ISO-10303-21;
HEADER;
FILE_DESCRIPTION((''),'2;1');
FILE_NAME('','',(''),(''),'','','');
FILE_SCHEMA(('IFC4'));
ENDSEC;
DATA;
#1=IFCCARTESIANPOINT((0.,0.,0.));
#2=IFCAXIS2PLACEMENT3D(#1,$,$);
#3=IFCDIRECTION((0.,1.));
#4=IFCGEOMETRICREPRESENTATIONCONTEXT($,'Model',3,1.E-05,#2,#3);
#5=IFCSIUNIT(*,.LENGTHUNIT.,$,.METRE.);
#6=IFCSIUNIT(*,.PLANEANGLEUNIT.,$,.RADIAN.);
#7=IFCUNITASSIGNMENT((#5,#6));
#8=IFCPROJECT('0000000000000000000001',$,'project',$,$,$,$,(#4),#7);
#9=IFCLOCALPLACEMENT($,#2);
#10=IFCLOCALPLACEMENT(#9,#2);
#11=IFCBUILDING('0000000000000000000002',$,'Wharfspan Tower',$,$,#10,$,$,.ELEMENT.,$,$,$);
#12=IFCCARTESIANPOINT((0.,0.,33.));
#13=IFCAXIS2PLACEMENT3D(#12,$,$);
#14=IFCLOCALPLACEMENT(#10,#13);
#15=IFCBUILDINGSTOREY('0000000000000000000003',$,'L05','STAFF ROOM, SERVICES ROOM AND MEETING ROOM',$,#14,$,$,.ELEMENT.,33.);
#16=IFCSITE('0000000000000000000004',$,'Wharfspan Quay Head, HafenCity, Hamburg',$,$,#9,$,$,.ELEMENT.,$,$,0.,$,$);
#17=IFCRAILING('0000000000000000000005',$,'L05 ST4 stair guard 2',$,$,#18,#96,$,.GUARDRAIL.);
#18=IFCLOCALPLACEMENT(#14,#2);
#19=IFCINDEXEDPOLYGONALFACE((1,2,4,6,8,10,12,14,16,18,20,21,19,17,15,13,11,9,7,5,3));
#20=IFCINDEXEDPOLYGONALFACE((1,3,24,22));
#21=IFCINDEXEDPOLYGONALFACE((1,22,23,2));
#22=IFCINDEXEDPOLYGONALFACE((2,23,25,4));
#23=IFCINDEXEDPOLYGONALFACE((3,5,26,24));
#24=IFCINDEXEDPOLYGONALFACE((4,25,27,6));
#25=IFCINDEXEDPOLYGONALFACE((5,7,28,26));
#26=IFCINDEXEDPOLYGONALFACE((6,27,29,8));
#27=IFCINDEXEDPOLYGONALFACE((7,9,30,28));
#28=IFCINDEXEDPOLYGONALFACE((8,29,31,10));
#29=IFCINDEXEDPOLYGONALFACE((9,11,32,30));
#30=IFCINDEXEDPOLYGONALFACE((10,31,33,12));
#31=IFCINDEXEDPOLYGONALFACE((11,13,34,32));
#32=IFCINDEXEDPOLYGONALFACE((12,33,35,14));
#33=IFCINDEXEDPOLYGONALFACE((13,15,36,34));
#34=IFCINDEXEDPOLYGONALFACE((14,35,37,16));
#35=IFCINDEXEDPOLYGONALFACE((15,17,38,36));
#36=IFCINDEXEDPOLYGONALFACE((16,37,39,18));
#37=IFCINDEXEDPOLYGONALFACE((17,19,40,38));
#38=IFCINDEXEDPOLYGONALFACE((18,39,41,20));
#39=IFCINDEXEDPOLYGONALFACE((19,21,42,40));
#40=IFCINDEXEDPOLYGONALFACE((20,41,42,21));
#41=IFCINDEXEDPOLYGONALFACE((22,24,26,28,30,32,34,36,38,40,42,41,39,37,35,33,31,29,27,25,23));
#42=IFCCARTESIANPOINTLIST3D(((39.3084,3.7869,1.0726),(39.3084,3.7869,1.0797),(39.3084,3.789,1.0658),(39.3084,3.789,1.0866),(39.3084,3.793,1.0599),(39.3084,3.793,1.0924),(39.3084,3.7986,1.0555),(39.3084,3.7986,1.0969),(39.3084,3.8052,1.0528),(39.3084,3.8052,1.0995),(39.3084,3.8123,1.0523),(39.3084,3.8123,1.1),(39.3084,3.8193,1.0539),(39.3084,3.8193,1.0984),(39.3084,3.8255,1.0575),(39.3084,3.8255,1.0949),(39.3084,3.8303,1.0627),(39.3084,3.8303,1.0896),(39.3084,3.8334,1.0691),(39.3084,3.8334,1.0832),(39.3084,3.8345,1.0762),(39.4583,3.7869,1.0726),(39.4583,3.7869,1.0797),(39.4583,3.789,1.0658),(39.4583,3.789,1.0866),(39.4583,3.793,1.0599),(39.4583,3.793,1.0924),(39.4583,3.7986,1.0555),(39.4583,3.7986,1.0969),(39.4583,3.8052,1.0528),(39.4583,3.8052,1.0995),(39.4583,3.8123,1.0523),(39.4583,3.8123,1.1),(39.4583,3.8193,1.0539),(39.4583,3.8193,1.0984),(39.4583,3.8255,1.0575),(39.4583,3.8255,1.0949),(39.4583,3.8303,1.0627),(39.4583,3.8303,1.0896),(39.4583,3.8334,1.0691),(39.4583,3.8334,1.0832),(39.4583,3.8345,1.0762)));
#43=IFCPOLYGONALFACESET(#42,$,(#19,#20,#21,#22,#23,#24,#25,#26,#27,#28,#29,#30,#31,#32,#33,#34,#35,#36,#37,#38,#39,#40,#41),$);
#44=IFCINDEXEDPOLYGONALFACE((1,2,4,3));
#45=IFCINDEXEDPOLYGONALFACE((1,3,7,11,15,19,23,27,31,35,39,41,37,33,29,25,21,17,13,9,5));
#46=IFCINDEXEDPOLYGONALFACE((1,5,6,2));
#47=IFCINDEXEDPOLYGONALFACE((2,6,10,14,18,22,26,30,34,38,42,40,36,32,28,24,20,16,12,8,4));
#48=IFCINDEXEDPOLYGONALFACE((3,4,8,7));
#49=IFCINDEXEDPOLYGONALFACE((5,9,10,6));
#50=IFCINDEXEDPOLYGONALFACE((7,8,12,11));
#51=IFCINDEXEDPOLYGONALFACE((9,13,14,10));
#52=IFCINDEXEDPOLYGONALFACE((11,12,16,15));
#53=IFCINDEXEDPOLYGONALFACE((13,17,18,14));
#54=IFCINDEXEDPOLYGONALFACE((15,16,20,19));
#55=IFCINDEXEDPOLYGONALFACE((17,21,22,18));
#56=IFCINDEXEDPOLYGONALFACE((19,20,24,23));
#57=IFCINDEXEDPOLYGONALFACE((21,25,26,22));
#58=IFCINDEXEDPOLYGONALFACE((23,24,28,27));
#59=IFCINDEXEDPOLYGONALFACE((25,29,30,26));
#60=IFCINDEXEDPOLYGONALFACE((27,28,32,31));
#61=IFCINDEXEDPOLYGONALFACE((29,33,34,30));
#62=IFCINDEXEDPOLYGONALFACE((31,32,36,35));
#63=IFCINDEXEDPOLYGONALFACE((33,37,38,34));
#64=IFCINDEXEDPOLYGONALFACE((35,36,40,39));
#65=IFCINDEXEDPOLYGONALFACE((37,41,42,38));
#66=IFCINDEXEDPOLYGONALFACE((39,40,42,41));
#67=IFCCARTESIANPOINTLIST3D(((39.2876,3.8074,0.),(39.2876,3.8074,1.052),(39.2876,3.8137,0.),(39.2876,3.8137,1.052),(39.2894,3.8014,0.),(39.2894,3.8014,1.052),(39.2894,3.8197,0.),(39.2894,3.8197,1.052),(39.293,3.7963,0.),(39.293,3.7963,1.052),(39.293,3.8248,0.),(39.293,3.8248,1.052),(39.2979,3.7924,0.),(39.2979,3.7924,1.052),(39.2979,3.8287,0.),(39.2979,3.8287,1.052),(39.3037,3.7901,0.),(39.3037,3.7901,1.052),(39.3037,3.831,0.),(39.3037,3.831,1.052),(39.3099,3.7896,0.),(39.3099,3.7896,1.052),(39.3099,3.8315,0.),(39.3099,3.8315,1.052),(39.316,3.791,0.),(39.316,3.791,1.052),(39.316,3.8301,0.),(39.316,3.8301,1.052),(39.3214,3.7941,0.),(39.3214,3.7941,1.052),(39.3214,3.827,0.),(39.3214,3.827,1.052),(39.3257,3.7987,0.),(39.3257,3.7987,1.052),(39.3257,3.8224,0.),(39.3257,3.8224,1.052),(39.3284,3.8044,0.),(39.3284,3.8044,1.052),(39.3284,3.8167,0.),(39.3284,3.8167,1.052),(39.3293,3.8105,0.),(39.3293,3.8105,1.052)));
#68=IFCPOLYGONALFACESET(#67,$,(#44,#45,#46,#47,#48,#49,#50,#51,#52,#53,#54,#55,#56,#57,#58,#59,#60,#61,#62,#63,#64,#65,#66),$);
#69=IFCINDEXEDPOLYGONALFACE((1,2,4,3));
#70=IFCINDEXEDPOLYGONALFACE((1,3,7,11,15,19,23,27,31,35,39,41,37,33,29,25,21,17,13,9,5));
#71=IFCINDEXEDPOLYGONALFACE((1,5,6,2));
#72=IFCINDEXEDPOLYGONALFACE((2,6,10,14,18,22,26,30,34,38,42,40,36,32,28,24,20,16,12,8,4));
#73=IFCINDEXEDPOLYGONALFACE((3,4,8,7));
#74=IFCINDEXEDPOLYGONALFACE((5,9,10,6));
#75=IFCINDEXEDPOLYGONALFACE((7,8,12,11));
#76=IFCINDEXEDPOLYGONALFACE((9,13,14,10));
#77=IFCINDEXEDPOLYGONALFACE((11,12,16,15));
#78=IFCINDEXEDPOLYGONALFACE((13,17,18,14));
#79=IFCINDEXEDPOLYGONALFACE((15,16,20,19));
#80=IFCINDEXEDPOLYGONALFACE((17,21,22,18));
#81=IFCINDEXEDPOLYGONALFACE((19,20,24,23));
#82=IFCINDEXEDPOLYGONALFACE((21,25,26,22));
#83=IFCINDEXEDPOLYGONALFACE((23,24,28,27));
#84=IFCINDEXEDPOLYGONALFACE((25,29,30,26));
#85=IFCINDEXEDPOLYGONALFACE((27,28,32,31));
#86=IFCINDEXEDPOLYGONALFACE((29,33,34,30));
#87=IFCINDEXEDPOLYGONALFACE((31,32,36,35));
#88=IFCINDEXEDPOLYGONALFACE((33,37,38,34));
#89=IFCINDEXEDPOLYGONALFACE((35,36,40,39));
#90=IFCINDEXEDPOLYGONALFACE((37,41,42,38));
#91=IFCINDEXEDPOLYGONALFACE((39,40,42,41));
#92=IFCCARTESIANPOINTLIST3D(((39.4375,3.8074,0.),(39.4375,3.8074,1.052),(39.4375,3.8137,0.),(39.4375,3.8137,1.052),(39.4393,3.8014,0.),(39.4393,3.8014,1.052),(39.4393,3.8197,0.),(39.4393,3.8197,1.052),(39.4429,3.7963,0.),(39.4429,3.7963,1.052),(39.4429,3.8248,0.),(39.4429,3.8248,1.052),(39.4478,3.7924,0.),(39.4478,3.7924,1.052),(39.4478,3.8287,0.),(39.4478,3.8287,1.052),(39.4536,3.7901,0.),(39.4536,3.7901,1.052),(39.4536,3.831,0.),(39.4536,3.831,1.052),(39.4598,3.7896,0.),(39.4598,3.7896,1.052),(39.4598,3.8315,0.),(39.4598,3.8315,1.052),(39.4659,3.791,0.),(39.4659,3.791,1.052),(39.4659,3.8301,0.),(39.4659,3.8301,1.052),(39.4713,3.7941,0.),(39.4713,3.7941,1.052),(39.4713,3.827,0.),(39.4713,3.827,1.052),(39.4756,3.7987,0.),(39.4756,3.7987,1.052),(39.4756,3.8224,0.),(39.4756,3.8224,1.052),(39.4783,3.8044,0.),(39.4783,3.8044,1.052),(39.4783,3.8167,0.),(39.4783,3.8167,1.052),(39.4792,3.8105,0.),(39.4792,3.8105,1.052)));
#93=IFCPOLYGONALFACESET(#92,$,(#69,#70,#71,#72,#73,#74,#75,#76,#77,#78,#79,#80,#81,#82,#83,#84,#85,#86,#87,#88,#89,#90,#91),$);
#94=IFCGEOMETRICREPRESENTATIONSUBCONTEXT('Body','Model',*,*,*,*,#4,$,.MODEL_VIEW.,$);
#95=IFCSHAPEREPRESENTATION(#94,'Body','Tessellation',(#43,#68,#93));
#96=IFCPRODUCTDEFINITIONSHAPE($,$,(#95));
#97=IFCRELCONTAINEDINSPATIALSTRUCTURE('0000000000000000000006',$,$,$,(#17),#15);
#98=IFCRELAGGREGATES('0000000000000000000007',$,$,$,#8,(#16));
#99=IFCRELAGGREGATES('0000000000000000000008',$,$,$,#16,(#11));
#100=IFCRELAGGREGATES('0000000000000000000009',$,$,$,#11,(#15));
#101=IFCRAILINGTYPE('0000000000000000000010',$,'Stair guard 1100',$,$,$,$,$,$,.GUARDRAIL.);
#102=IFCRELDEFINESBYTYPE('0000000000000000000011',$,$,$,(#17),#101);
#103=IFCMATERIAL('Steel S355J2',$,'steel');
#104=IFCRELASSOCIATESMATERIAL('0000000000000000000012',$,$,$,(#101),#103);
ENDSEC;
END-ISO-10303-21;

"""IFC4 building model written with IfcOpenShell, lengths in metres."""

from ifc_helpers import new_model, si_unit, direction, frame, origin, origin_2d, place, context, subcontext, project, spatial, circle, extrude, material, type_object, element, save


model = new_model("IFC4")

# Units and contexts
model_context = context("Model", 3, precision=1e-05, world=origin(), true_north=direction((0.0, 1.0)))
body_context = subcontext(model_context, "Body", "Model", "MODEL_VIEW")
ifc_project = project(units=[si_unit("LENGTHUNIT", "METRE"), si_unit("PLANEANGLEUNIT", "RADIAN")], contexts=[model_context])

# Site, building, storey
site_placement = place(None, origin())
site = spatial("IfcSite", under=ifc_project, at=site_placement, Name="Wharfspan Quay Head, HafenCity, Hamburg", CompositionType="ELEMENT", RefElevation=0.0)
building_placement = place(site_placement, origin())
building = spatial("IfcBuilding", under=site, at=building_placement, Name="Wharfspan Tower", CompositionType="ELEMENT")
storey_placement = place(building_placement, frame((0.0, 0.0, 33.0)))
storey = spatial("IfcBuildingStorey", under=building, at=storey_placement, Name="L05", Description="STAFF ROOM, SERVICES ROOM AND MEETING ROOM", CompositionType="ELEMENT", Elevation=33.0)

# Railing
ifc_material_1 = material(Name="Steel S355J2", Category="steel")
railing_type_1 = type_object("IfcRailingType", Name="Stair guard 1100", PredefinedType="GUARDRAIL", material=ifc_material_1)
railing_1_placement = place(storey_placement, frame((39.3083, 3.8105, 0.0)))
element("IfcRailing", 1, at=railing_1_placement, inside=storey, type_object=railing_type_1, Name="L05 ST4 stair guard 2", PredefinedType="GUARDRAIL", context=body_context, shape_type="SweptSolid", body=[
    extrude(circle(Radius=0.0239, at=origin_2d()), frame((0.0, 0.0, 1.0762), z_axis=(1.0, 0.0, 0.0), x_axis=(0.0, 1.0, 0.0)), (0.0, 0.0, 1.0), 0.1499),
    extrude(circle(Radius=0.021, at=origin_2d()), origin(), (0.0, 0.0, 1.0), 1.052),
    extrude(circle(Radius=0.021, at=origin_2d()), frame((0.1499, 0.0, 0.0)), (0.0, 0.0, 1.0), 1.052),
])

save(model, "model.ifc")
